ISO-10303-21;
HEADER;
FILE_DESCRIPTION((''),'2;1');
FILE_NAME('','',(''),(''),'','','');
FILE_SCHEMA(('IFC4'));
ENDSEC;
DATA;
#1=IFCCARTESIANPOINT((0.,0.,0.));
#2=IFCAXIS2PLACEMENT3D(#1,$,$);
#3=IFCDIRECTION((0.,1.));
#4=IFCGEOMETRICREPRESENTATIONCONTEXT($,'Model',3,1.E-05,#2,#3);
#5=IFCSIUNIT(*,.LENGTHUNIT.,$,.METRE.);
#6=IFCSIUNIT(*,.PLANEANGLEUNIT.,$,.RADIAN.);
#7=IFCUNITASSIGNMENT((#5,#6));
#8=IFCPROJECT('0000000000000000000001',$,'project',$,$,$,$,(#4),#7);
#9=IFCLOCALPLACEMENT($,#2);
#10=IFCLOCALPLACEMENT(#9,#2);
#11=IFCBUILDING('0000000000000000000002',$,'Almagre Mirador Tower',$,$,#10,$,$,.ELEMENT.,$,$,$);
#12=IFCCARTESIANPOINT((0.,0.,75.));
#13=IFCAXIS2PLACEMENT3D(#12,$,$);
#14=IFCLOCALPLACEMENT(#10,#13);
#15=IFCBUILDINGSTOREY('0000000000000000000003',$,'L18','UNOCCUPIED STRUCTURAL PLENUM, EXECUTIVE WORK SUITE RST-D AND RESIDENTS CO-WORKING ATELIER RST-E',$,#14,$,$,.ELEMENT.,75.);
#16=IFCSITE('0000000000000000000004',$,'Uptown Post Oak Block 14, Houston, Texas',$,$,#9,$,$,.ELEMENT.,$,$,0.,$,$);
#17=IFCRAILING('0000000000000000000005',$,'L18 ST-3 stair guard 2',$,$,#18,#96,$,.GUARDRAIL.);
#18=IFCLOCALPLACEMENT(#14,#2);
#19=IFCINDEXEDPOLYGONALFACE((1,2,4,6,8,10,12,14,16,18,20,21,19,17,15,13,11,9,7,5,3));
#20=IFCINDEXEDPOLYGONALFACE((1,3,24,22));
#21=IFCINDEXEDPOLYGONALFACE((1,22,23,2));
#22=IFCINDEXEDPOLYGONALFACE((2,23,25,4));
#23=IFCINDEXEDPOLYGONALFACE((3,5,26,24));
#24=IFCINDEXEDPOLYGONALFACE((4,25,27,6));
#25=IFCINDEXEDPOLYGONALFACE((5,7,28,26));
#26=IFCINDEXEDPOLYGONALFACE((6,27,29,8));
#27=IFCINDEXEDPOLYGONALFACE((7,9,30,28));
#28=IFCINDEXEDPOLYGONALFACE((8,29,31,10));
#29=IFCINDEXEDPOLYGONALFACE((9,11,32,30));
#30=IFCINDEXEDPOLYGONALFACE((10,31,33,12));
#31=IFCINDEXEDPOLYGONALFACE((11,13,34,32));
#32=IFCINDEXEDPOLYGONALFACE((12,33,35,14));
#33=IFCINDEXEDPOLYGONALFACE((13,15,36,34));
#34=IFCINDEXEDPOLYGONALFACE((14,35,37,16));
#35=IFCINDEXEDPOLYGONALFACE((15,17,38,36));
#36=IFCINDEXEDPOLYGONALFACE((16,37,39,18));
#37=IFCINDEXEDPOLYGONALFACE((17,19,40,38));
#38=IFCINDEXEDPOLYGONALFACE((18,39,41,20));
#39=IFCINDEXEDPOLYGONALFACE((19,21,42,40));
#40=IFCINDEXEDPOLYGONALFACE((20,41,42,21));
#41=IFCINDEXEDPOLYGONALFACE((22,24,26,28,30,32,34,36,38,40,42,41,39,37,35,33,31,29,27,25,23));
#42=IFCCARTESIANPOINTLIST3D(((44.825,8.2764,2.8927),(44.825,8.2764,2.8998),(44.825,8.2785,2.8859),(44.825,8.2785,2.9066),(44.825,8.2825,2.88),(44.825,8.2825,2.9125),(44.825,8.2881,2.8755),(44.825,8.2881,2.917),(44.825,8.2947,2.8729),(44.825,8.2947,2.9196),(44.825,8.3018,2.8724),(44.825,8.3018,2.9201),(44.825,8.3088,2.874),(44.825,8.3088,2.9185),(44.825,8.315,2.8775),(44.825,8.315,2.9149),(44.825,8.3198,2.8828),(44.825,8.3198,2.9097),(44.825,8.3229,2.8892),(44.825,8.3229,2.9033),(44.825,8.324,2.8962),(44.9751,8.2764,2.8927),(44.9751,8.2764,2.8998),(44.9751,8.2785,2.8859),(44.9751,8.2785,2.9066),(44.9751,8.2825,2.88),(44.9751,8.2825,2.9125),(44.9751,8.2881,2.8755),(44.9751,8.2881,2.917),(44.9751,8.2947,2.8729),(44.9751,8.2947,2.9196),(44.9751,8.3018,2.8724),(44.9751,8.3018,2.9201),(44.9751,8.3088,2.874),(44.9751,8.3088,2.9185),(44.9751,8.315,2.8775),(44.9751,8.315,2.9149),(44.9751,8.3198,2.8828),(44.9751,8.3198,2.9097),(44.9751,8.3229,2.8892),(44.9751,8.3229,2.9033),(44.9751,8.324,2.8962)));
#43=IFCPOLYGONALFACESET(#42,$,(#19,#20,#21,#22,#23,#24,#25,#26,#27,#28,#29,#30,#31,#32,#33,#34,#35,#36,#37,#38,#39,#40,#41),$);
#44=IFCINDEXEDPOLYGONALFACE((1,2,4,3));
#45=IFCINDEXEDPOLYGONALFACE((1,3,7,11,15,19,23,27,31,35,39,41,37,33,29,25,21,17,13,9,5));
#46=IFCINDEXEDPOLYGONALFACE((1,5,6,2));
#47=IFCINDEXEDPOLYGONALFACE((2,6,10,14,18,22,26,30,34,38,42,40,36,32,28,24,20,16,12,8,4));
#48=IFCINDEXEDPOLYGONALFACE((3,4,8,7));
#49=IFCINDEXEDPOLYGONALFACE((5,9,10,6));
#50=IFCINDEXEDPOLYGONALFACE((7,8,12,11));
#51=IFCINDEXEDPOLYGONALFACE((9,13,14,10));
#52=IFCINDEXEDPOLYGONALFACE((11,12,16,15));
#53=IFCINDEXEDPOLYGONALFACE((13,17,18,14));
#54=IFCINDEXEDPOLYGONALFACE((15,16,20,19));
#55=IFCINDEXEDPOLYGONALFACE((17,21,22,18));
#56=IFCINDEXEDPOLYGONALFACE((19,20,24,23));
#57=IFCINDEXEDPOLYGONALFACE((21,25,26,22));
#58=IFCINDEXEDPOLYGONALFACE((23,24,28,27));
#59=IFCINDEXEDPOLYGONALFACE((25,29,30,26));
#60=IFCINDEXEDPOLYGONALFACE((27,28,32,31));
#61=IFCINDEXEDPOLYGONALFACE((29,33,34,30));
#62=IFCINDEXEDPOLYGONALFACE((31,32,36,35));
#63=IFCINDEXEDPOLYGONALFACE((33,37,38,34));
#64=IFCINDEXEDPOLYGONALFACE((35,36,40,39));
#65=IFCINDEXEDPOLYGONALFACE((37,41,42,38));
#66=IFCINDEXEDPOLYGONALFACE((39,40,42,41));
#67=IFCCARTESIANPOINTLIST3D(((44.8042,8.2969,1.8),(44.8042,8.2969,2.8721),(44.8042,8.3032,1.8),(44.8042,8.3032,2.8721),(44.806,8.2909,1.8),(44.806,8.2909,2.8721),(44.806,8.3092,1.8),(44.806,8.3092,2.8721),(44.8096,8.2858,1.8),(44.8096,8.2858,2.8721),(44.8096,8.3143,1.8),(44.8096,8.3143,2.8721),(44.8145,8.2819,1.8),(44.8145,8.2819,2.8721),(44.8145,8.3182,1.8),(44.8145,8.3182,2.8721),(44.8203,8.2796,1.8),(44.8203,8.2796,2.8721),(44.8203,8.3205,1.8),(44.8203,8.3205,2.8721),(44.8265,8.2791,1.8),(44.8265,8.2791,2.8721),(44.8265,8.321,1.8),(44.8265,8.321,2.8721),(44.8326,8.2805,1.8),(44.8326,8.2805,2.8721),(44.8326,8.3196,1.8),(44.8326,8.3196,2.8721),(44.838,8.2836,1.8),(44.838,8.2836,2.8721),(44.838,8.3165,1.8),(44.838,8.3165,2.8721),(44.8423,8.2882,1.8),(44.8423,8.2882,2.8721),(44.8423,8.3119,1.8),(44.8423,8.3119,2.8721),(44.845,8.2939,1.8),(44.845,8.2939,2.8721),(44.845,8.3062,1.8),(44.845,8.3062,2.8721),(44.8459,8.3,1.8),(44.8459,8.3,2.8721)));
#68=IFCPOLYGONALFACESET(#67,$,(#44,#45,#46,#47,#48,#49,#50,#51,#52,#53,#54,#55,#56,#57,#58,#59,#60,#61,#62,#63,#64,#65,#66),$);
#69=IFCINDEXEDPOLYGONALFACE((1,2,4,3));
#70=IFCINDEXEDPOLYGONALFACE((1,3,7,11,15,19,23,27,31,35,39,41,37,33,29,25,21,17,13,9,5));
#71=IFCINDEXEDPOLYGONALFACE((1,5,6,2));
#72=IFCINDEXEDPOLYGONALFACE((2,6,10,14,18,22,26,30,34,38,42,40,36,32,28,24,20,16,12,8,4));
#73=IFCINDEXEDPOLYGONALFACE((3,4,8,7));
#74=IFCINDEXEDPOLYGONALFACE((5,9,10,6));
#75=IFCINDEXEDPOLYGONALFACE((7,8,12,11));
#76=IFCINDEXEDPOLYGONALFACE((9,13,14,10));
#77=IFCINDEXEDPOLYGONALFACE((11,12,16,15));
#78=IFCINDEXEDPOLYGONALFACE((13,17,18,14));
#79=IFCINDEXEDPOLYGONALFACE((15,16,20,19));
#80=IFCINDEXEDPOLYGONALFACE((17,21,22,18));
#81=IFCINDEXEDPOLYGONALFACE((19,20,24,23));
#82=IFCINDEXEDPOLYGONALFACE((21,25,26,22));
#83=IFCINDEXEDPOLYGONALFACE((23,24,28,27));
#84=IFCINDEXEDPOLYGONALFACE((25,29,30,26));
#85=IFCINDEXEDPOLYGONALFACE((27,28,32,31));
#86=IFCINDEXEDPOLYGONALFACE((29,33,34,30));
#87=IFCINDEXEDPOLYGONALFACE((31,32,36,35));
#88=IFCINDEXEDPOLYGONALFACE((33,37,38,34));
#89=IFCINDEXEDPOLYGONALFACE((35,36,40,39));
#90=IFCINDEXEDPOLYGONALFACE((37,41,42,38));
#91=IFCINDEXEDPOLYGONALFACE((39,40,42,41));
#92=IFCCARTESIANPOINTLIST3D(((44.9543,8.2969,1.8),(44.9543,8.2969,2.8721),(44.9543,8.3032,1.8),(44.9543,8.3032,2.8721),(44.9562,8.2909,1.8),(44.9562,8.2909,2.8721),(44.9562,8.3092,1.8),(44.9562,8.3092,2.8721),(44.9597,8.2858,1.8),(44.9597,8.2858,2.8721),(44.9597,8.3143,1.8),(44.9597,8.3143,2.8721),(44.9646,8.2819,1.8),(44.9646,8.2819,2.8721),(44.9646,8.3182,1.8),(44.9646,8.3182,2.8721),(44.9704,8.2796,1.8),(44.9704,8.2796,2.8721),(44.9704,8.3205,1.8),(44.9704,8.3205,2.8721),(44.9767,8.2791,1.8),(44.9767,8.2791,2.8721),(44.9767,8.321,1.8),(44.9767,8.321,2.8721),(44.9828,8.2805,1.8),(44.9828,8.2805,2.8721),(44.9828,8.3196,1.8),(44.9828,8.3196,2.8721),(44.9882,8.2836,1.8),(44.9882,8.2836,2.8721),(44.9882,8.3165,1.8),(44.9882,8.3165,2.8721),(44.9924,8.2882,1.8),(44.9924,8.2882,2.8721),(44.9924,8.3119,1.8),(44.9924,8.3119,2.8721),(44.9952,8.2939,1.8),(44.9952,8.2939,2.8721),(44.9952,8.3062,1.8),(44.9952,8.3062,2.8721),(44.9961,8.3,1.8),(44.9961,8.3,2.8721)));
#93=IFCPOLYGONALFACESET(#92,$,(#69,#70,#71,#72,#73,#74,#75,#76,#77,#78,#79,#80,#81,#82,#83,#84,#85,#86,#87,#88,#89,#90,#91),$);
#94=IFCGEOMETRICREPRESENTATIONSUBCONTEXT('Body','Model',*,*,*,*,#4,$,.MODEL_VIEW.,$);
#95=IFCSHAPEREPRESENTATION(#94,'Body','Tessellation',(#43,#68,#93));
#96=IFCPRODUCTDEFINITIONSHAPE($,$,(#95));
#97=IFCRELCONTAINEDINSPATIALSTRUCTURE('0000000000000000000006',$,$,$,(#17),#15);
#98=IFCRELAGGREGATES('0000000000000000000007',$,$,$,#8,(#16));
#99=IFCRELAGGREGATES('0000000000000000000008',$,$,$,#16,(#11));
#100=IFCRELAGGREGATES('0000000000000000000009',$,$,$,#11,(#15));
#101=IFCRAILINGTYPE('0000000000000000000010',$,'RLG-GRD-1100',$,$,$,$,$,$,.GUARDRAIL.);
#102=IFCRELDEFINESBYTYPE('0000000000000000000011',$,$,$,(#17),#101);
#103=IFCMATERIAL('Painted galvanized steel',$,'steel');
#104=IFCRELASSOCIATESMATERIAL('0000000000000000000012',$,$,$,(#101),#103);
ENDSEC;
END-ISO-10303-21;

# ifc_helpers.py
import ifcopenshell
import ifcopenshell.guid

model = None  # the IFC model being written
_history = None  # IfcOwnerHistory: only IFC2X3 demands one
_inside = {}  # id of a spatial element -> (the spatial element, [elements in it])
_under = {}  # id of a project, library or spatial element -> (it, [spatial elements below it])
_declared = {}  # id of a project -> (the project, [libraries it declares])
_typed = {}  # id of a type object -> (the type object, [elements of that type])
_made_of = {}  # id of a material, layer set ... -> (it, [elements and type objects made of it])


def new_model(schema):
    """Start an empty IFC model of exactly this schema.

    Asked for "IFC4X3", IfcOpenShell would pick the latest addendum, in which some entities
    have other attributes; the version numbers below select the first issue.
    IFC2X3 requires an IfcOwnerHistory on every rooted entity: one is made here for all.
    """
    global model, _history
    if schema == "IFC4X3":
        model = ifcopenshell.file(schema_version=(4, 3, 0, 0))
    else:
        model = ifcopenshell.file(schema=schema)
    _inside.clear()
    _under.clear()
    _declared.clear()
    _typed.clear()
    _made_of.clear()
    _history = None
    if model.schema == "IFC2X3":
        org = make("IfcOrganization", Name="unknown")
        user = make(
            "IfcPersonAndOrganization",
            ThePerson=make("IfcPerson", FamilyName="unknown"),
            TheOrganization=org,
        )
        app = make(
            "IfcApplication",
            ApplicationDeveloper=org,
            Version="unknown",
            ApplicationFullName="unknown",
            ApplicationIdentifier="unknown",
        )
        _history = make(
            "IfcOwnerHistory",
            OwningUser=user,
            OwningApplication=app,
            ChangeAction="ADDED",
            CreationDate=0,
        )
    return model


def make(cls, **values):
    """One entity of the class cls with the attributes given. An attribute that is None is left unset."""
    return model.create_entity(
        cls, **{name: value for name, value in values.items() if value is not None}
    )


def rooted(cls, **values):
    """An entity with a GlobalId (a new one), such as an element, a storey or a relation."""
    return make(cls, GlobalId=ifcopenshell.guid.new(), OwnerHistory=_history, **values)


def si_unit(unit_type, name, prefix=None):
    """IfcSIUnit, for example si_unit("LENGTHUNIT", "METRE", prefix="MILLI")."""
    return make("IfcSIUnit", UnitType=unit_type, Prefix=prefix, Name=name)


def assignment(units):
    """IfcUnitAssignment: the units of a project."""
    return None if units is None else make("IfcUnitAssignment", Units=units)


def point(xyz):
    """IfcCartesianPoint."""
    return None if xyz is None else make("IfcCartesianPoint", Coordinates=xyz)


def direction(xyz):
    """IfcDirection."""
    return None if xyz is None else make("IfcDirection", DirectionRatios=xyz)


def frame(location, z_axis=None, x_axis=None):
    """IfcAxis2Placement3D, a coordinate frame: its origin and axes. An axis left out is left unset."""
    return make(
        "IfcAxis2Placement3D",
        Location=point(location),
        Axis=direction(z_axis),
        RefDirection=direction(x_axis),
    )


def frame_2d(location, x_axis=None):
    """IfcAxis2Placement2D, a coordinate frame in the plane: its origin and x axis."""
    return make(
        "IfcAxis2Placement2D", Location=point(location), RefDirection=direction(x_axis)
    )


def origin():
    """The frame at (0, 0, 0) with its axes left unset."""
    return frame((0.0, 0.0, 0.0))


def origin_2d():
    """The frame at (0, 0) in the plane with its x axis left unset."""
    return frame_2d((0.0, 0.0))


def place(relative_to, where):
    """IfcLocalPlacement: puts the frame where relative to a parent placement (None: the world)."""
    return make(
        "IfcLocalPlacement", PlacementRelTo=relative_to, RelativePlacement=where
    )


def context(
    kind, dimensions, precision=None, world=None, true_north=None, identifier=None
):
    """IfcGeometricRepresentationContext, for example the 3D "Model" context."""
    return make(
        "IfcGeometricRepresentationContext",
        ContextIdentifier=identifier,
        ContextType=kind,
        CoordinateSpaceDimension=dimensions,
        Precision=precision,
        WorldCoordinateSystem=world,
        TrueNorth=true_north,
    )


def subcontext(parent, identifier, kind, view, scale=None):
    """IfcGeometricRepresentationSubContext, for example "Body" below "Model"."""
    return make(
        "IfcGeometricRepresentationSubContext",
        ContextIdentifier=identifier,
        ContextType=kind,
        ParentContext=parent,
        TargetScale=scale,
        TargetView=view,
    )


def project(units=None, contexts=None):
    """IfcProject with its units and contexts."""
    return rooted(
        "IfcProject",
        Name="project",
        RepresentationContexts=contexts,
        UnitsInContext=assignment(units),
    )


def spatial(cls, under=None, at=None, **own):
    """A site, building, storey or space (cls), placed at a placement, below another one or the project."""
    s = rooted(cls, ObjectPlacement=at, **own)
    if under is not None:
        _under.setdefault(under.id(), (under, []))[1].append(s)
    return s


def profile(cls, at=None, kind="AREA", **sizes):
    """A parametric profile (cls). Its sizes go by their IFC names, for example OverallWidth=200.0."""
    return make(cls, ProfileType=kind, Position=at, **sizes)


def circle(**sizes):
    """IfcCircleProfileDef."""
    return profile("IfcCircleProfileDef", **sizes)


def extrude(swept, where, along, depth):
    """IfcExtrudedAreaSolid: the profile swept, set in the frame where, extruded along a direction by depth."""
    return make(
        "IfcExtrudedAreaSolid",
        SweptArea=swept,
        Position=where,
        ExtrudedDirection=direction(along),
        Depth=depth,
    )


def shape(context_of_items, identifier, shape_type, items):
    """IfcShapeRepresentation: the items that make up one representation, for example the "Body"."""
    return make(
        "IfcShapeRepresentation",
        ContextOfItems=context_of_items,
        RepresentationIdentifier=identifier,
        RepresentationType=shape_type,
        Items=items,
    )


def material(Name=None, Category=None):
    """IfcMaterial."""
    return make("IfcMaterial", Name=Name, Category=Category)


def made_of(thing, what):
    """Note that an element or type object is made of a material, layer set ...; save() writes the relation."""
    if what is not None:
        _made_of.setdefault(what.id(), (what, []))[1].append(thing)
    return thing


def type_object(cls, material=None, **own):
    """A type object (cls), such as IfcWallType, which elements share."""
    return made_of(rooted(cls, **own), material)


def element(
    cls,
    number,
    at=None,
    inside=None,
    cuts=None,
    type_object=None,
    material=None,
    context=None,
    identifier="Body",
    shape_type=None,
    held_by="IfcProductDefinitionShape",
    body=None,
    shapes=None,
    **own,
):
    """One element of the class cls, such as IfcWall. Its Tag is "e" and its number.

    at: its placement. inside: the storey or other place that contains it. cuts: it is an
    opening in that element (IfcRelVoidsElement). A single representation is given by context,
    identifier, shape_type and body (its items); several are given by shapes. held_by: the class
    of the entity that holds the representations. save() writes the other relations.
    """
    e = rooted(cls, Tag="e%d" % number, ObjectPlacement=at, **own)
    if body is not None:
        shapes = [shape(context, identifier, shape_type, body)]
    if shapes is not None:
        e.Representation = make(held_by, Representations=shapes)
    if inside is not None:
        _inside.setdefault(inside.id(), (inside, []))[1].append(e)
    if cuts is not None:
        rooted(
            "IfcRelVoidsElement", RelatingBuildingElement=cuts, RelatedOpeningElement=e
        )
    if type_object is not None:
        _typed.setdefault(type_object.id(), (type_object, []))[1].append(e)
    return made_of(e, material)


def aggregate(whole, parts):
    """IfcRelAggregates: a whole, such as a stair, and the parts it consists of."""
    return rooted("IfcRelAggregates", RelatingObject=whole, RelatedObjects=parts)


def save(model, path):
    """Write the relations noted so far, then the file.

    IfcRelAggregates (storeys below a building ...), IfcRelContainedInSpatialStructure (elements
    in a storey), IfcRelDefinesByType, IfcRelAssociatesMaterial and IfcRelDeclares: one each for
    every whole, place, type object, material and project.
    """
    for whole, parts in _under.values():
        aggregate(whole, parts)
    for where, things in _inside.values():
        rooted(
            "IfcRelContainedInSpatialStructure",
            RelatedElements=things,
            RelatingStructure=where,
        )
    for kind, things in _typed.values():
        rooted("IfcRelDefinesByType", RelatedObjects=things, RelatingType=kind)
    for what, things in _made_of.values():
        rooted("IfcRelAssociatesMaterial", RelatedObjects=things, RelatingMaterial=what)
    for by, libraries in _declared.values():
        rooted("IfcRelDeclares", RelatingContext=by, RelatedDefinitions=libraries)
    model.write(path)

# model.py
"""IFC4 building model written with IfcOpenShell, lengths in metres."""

from ifc_helpers import new_model, si_unit, direction, frame, origin, origin_2d, place, context, subcontext, project, spatial, circle, extrude, material, type_object, element, save


model = new_model("IFC4")

# Units and contexts
model_context = context("Model", 3, precision=1e-05, world=origin(), true_north=direction((0.0, 1.0)))
body_context = subcontext(model_context, "Body", "Model", "MODEL_VIEW")
ifc_project = project(units=[si_unit("LENGTHUNIT", "METRE"), si_unit("PLANEANGLEUNIT", "RADIAN")], contexts=[model_context])

# Site, building, storey
site_placement = place(None, origin())
site = spatial("IfcSite", under=ifc_project, at=site_placement, Name="Uptown Post Oak Block 14, Houston, Texas", CompositionType="ELEMENT", RefElevation=0.0)
building_placement = place(site_placement, origin())
building = spatial("IfcBuilding", under=site, at=building_placement, Name="Almagre Mirador Tower", CompositionType="ELEMENT")
storey_placement = place(building_placement, frame((0.0, 0.0, 75.0)))
storey = spatial("IfcBuildingStorey", under=building, at=storey_placement, Name="L18", Description="UNOCCUPIED STRUCTURAL PLENUM, EXECUTIVE WORK SUITE RST-D AND RESIDENTS CO-WORKING ATELIER RST-E", CompositionType="ELEMENT", Elevation=75.0)

# Railing
ifc_material_1 = material(Name="Painted galvanized steel", Category="steel")
railing_type_1 = type_object("IfcRailingType", Name="RLG-GRD-1100", PredefinedType="GUARDRAIL", material=ifc_material_1)
railing_1_placement = place(storey_placement, frame((44.825, 8.3, 1.8)))
element("IfcRailing", 1, at=railing_1_placement, inside=storey, type_object=railing_type_1, Name="L18 ST-3 stair guard 2", PredefinedType="GUARDRAIL", context=body_context, shape_type="SweptSolid", body=[
    extrude(circle(Radius=0.0239, at=origin_2d()), frame((0.0, 0.0, 1.0962), z_axis=(1.0, 0.0, 0.0), x_axis=(0.0, 1.0, 0.0)), (0.0, 0.0, 1.0), 0.1501),
    extrude(circle(Radius=0.021, at=origin_2d()), origin(), (0.0, 0.0, 1.0), 1.072),
    extrude(circle(Radius=0.021, at=origin_2d()), frame((0.1501, 0.0, 0.0)), (0.0, 0.0, 1.0), 1.072),
])

save(model, "model.ifc")
